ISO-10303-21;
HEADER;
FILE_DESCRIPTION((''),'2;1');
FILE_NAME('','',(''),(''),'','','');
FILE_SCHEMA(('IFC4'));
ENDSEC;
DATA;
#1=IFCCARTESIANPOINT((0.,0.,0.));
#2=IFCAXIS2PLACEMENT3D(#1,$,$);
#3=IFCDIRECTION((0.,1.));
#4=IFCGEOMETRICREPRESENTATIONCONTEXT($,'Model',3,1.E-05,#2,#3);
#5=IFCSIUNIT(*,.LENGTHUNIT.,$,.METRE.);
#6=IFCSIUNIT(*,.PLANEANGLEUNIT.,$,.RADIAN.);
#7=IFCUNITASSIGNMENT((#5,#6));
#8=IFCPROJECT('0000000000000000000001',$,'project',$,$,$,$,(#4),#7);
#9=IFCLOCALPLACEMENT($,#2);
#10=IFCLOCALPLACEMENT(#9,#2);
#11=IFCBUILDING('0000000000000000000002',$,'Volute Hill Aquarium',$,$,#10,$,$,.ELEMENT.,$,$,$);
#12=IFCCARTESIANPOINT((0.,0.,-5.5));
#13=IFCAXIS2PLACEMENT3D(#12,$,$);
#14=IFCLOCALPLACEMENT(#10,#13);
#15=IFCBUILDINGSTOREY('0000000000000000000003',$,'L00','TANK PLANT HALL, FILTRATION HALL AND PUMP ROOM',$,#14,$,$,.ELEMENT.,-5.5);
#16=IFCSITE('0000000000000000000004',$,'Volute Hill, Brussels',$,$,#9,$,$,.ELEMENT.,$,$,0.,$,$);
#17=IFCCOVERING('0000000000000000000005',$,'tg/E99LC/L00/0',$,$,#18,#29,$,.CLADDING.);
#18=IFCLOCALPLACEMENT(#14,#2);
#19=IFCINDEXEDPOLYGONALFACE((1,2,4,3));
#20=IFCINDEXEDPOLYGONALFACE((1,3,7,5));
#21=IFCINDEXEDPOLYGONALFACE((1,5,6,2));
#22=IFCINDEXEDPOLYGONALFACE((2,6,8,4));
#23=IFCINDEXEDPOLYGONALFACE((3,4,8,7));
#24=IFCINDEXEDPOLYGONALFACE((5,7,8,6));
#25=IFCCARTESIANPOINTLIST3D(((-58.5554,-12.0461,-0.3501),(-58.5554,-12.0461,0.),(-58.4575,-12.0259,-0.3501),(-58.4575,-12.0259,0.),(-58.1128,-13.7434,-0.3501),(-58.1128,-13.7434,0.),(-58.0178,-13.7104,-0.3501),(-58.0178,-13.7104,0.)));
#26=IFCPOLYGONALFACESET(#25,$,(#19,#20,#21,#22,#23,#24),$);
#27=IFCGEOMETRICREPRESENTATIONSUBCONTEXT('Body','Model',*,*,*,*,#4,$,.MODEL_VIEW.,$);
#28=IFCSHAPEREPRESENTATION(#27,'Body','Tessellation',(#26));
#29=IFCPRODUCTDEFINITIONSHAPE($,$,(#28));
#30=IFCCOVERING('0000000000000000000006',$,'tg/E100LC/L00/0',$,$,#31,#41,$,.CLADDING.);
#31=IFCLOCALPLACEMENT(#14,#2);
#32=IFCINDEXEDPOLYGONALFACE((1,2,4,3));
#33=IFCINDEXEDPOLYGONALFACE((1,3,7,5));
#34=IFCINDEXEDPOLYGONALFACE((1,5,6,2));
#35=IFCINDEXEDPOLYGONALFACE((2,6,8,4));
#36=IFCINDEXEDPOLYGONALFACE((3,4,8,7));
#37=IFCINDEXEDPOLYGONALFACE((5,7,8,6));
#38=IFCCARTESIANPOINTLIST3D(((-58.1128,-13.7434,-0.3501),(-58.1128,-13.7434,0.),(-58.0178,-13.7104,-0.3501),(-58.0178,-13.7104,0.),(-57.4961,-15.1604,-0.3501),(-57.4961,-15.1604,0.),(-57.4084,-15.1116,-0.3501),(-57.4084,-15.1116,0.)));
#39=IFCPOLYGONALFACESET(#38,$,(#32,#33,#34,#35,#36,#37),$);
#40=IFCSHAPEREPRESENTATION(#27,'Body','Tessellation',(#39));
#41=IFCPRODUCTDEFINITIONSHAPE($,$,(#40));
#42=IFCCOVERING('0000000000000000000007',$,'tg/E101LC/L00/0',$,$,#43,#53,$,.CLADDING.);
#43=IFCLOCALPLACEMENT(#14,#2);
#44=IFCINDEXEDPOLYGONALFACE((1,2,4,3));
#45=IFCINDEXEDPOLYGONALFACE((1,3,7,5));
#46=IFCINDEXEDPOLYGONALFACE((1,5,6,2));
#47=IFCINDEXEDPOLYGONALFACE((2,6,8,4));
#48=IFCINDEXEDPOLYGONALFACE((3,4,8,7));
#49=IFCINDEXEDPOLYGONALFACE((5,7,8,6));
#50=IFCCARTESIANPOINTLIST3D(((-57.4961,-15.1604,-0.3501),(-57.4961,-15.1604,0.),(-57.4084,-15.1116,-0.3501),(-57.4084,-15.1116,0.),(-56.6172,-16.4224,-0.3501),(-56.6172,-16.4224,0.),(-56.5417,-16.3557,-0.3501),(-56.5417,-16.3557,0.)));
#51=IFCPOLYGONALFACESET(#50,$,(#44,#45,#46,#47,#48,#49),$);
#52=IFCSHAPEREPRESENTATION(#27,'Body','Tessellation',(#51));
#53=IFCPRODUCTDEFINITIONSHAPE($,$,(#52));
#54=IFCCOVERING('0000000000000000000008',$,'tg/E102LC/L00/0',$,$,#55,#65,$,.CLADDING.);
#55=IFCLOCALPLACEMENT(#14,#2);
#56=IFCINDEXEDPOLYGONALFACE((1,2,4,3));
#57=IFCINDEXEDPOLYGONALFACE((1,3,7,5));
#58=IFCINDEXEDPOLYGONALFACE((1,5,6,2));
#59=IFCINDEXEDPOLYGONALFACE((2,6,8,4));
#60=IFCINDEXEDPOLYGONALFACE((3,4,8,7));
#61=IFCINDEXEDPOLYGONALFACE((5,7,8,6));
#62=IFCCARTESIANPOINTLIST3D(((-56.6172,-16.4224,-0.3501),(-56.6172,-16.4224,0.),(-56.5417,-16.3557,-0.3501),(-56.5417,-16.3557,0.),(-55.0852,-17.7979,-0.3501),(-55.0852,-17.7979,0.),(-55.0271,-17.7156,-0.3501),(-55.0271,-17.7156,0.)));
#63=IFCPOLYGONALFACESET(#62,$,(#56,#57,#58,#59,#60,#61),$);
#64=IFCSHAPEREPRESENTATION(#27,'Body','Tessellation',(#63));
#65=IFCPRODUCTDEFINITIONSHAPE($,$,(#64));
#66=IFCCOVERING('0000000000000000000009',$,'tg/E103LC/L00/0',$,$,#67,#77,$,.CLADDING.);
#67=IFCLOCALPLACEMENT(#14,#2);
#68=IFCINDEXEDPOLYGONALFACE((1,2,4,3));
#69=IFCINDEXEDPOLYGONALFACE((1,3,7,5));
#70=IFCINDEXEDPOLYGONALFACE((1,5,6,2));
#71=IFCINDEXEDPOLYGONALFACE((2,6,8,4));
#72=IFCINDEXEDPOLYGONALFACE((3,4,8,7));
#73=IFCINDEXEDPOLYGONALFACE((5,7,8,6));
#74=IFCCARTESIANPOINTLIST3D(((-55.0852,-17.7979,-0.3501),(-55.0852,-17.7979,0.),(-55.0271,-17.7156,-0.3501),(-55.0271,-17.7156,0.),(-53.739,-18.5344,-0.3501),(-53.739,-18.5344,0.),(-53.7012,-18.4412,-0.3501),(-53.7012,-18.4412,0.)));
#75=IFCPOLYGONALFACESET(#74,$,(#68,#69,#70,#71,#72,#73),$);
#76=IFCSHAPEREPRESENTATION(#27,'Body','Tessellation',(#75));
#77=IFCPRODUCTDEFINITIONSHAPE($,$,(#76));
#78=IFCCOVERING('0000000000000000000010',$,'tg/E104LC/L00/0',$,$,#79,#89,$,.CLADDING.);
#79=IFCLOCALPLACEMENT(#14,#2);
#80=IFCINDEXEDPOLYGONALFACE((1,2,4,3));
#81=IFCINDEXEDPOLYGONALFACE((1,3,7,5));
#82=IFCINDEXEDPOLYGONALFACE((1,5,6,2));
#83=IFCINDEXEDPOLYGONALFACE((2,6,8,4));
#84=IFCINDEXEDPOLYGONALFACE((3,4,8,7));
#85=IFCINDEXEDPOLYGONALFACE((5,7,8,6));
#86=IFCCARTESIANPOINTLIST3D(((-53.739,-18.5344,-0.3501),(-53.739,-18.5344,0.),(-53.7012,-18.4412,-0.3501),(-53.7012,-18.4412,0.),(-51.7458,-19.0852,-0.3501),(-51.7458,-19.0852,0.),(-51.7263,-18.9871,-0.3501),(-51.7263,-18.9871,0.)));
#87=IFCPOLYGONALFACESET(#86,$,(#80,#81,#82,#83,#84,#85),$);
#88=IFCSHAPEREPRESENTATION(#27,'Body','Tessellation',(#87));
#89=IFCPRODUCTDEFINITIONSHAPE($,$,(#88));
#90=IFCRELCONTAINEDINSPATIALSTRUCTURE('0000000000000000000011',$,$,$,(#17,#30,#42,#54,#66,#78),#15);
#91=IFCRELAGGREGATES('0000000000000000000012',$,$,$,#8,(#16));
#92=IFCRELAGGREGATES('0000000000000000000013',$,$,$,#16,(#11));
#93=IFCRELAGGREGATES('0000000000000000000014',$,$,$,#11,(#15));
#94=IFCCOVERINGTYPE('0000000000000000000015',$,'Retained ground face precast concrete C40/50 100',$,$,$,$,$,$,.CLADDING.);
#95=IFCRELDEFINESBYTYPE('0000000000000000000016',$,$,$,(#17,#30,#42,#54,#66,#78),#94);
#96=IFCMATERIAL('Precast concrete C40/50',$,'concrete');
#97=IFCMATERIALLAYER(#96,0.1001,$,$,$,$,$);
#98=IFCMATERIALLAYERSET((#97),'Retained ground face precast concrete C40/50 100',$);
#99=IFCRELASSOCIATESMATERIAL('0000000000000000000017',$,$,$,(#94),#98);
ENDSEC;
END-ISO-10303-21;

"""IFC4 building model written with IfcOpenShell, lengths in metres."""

from ifc_helpers import new_model, si_unit, direction, frame, origin, place, context, subcontext, project, spatial, polyline, outline, extrude, material, layer, layer_set, type_object, element, save


model = new_model("IFC4")

# Units and contexts
model_context = context("Model", 3, precision=1e-05, world=origin(), true_north=direction((0.0, 1.0)))
body_context = subcontext(model_context, "Body", "Model", "MODEL_VIEW")
ifc_project = project(units=[si_unit("LENGTHUNIT", "METRE"), si_unit("PLANEANGLEUNIT", "RADIAN")], contexts=[model_context])

# Site, building, storey
site_placement = place(None, origin())
site = spatial("IfcSite", under=ifc_project, at=site_placement, Name="Volute Hill, Brussels", CompositionType="ELEMENT", RefElevation=0.0)
building_placement = place(site_placement, origin())
building = spatial("IfcBuilding", under=site, at=building_placement, Name="Volute Hill Aquarium", CompositionType="ELEMENT")
storey_placement = place(building_placement, frame((0.0, 0.0, -5.5)))
storey = spatial("IfcBuildingStorey", under=building, at=storey_placement, Name="L00", Description="TANK PLANT HALL, FILTRATION HALL AND PUMP ROOM", CompositionType="ELEMENT", Elevation=-5.5)

# Coverings
ifc_material_1 = material(Name="Precast concrete C40/50", Category="concrete")
ifc_layer_1 = layer(ifc_material_1, 0.1001)
ifc_layer_set_1 = layer_set([ifc_layer_1], Name="Retained ground face precast concrete C40/50 100")
covering_type_1 = type_object("IfcCoveringType", Name="Retained ground face precast concrete C40/50 100", PredefinedType="CLADDING", material=ifc_layer_set_1)
covering_1_placement = place(storey_placement, frame((0.0, 0.0, -0.3501)))
element("IfcCovering", 1, at=covering_1_placement, inside=storey, type_object=covering_type_1, Name="tg/E99LC/L00/0", PredefinedType="CLADDING", context=body_context, shape_type="SweptSolid", body=[
    extrude(outline(polyline([(-58.1128, -13.7434), (-58.1128, -13.7434), (-58.0178, -13.7104), (-58.4575, -12.0259), (-58.5554, -12.0461), (-58.1128, -13.7434)])), origin(), (0.0, 0.0, 1.0), 0.3501),
])
covering_2_placement = place(storey_placement, frame((0.0, 0.0, -0.3501)))
element("IfcCovering", 2, at=covering_2_placement, inside=storey, type_object=covering_type_1, Name="tg/E100LC/L00/0", PredefinedType="CLADDING", context=body_context, shape_type="SweptSolid", body=[
    extrude(outline(polyline([(-58.1128, -13.7434), (-57.4961, -15.1604), (-57.4084, -15.1116), (-58.0178, -13.7104), (-58.0178, -13.7104), (-58.1128, -13.7434)])), origin(), (0.0, 0.0, 1.0), 0.3501),
])
covering_3_placement = place(storey_placement, frame((0.0, 0.0, -0.3501)))
element("IfcCovering", 3, at=covering_3_placement, inside=storey, type_object=covering_type_1, Name="tg/E101LC/L00/0", PredefinedType="CLADDING", context=body_context, shape_type="SweptSolid", body=[
    extrude(outline(polyline([(-56.6172, -16.4224), (-56.6172, -16.4224), (-56.5417, -16.3557), (-56.5417, -16.3557), (-57.4084, -15.1116), (-57.4084, -15.1116), (-57.4961, -15.1604), (-57.4961, -15.1604), (-56.6172, -16.4224)])), origin(), (0.0, 0.0, 1.0), 0.3501),
])
covering_4_placement = place(storey_placement, frame((0.0, 0.0, -0.3501)))
element("IfcCovering", 4, at=covering_4_placement, inside=storey, type_object=covering_type_1, Name="tg/E102LC/L00/0", PredefinedType="CLADDING", context=body_context, shape_type="SweptSolid", body=[
    extrude(outline(polyline([(-56.6172, -16.4224), (-55.0852, -17.7979), (-55.0271, -17.7156), (-56.5417, -16.3557), (-56.6172, -16.4224)])), origin(), (0.0, 0.0, 1.0), 0.3501),
])
covering_5_placement = place(storey_placement, frame((0.0, 0.0, -0.3501)))
element("IfcCovering", 5, at=covering_5_placement, inside=storey, type_object=covering_type_1, Name="tg/E103LC/L00/0", PredefinedType="CLADDING", context=body_context, shape_type="SweptSolid", body=[
    extrude(outline(polyline([(-55.0852, -17.7979), (-53.739, -18.5344), (-53.739, -18.5344), (-53.7012, -18.4412), (-53.7012, -18.4412), (-55.0271, -17.7156), (-55.0271, -17.7156), (-55.0852, -17.7979), (-55.0852, -17.7979)])), origin(), (0.0, 0.0, 1.0), 0.3501),
])
covering_6_placement = place(storey_placement, frame((0.0, 0.0, -0.3501)))
element("IfcCovering", 6, at=covering_6_placement, inside=storey, type_object=covering_type_1, Name="tg/E104LC/L00/0", PredefinedType="CLADDING", context=body_context, shape_type="SweptSolid", body=[
    extrude(outline(polyline([(-51.7458, -19.0852), (-51.7458, -19.0852), (-51.7263, -18.9871), (-53.7012, -18.4412), (-53.739, -18.5344), (-51.7458, -19.0852)])), origin(), (0.0, 0.0, 1.0), 0.3501),
])

save(model, "model.ifc")
